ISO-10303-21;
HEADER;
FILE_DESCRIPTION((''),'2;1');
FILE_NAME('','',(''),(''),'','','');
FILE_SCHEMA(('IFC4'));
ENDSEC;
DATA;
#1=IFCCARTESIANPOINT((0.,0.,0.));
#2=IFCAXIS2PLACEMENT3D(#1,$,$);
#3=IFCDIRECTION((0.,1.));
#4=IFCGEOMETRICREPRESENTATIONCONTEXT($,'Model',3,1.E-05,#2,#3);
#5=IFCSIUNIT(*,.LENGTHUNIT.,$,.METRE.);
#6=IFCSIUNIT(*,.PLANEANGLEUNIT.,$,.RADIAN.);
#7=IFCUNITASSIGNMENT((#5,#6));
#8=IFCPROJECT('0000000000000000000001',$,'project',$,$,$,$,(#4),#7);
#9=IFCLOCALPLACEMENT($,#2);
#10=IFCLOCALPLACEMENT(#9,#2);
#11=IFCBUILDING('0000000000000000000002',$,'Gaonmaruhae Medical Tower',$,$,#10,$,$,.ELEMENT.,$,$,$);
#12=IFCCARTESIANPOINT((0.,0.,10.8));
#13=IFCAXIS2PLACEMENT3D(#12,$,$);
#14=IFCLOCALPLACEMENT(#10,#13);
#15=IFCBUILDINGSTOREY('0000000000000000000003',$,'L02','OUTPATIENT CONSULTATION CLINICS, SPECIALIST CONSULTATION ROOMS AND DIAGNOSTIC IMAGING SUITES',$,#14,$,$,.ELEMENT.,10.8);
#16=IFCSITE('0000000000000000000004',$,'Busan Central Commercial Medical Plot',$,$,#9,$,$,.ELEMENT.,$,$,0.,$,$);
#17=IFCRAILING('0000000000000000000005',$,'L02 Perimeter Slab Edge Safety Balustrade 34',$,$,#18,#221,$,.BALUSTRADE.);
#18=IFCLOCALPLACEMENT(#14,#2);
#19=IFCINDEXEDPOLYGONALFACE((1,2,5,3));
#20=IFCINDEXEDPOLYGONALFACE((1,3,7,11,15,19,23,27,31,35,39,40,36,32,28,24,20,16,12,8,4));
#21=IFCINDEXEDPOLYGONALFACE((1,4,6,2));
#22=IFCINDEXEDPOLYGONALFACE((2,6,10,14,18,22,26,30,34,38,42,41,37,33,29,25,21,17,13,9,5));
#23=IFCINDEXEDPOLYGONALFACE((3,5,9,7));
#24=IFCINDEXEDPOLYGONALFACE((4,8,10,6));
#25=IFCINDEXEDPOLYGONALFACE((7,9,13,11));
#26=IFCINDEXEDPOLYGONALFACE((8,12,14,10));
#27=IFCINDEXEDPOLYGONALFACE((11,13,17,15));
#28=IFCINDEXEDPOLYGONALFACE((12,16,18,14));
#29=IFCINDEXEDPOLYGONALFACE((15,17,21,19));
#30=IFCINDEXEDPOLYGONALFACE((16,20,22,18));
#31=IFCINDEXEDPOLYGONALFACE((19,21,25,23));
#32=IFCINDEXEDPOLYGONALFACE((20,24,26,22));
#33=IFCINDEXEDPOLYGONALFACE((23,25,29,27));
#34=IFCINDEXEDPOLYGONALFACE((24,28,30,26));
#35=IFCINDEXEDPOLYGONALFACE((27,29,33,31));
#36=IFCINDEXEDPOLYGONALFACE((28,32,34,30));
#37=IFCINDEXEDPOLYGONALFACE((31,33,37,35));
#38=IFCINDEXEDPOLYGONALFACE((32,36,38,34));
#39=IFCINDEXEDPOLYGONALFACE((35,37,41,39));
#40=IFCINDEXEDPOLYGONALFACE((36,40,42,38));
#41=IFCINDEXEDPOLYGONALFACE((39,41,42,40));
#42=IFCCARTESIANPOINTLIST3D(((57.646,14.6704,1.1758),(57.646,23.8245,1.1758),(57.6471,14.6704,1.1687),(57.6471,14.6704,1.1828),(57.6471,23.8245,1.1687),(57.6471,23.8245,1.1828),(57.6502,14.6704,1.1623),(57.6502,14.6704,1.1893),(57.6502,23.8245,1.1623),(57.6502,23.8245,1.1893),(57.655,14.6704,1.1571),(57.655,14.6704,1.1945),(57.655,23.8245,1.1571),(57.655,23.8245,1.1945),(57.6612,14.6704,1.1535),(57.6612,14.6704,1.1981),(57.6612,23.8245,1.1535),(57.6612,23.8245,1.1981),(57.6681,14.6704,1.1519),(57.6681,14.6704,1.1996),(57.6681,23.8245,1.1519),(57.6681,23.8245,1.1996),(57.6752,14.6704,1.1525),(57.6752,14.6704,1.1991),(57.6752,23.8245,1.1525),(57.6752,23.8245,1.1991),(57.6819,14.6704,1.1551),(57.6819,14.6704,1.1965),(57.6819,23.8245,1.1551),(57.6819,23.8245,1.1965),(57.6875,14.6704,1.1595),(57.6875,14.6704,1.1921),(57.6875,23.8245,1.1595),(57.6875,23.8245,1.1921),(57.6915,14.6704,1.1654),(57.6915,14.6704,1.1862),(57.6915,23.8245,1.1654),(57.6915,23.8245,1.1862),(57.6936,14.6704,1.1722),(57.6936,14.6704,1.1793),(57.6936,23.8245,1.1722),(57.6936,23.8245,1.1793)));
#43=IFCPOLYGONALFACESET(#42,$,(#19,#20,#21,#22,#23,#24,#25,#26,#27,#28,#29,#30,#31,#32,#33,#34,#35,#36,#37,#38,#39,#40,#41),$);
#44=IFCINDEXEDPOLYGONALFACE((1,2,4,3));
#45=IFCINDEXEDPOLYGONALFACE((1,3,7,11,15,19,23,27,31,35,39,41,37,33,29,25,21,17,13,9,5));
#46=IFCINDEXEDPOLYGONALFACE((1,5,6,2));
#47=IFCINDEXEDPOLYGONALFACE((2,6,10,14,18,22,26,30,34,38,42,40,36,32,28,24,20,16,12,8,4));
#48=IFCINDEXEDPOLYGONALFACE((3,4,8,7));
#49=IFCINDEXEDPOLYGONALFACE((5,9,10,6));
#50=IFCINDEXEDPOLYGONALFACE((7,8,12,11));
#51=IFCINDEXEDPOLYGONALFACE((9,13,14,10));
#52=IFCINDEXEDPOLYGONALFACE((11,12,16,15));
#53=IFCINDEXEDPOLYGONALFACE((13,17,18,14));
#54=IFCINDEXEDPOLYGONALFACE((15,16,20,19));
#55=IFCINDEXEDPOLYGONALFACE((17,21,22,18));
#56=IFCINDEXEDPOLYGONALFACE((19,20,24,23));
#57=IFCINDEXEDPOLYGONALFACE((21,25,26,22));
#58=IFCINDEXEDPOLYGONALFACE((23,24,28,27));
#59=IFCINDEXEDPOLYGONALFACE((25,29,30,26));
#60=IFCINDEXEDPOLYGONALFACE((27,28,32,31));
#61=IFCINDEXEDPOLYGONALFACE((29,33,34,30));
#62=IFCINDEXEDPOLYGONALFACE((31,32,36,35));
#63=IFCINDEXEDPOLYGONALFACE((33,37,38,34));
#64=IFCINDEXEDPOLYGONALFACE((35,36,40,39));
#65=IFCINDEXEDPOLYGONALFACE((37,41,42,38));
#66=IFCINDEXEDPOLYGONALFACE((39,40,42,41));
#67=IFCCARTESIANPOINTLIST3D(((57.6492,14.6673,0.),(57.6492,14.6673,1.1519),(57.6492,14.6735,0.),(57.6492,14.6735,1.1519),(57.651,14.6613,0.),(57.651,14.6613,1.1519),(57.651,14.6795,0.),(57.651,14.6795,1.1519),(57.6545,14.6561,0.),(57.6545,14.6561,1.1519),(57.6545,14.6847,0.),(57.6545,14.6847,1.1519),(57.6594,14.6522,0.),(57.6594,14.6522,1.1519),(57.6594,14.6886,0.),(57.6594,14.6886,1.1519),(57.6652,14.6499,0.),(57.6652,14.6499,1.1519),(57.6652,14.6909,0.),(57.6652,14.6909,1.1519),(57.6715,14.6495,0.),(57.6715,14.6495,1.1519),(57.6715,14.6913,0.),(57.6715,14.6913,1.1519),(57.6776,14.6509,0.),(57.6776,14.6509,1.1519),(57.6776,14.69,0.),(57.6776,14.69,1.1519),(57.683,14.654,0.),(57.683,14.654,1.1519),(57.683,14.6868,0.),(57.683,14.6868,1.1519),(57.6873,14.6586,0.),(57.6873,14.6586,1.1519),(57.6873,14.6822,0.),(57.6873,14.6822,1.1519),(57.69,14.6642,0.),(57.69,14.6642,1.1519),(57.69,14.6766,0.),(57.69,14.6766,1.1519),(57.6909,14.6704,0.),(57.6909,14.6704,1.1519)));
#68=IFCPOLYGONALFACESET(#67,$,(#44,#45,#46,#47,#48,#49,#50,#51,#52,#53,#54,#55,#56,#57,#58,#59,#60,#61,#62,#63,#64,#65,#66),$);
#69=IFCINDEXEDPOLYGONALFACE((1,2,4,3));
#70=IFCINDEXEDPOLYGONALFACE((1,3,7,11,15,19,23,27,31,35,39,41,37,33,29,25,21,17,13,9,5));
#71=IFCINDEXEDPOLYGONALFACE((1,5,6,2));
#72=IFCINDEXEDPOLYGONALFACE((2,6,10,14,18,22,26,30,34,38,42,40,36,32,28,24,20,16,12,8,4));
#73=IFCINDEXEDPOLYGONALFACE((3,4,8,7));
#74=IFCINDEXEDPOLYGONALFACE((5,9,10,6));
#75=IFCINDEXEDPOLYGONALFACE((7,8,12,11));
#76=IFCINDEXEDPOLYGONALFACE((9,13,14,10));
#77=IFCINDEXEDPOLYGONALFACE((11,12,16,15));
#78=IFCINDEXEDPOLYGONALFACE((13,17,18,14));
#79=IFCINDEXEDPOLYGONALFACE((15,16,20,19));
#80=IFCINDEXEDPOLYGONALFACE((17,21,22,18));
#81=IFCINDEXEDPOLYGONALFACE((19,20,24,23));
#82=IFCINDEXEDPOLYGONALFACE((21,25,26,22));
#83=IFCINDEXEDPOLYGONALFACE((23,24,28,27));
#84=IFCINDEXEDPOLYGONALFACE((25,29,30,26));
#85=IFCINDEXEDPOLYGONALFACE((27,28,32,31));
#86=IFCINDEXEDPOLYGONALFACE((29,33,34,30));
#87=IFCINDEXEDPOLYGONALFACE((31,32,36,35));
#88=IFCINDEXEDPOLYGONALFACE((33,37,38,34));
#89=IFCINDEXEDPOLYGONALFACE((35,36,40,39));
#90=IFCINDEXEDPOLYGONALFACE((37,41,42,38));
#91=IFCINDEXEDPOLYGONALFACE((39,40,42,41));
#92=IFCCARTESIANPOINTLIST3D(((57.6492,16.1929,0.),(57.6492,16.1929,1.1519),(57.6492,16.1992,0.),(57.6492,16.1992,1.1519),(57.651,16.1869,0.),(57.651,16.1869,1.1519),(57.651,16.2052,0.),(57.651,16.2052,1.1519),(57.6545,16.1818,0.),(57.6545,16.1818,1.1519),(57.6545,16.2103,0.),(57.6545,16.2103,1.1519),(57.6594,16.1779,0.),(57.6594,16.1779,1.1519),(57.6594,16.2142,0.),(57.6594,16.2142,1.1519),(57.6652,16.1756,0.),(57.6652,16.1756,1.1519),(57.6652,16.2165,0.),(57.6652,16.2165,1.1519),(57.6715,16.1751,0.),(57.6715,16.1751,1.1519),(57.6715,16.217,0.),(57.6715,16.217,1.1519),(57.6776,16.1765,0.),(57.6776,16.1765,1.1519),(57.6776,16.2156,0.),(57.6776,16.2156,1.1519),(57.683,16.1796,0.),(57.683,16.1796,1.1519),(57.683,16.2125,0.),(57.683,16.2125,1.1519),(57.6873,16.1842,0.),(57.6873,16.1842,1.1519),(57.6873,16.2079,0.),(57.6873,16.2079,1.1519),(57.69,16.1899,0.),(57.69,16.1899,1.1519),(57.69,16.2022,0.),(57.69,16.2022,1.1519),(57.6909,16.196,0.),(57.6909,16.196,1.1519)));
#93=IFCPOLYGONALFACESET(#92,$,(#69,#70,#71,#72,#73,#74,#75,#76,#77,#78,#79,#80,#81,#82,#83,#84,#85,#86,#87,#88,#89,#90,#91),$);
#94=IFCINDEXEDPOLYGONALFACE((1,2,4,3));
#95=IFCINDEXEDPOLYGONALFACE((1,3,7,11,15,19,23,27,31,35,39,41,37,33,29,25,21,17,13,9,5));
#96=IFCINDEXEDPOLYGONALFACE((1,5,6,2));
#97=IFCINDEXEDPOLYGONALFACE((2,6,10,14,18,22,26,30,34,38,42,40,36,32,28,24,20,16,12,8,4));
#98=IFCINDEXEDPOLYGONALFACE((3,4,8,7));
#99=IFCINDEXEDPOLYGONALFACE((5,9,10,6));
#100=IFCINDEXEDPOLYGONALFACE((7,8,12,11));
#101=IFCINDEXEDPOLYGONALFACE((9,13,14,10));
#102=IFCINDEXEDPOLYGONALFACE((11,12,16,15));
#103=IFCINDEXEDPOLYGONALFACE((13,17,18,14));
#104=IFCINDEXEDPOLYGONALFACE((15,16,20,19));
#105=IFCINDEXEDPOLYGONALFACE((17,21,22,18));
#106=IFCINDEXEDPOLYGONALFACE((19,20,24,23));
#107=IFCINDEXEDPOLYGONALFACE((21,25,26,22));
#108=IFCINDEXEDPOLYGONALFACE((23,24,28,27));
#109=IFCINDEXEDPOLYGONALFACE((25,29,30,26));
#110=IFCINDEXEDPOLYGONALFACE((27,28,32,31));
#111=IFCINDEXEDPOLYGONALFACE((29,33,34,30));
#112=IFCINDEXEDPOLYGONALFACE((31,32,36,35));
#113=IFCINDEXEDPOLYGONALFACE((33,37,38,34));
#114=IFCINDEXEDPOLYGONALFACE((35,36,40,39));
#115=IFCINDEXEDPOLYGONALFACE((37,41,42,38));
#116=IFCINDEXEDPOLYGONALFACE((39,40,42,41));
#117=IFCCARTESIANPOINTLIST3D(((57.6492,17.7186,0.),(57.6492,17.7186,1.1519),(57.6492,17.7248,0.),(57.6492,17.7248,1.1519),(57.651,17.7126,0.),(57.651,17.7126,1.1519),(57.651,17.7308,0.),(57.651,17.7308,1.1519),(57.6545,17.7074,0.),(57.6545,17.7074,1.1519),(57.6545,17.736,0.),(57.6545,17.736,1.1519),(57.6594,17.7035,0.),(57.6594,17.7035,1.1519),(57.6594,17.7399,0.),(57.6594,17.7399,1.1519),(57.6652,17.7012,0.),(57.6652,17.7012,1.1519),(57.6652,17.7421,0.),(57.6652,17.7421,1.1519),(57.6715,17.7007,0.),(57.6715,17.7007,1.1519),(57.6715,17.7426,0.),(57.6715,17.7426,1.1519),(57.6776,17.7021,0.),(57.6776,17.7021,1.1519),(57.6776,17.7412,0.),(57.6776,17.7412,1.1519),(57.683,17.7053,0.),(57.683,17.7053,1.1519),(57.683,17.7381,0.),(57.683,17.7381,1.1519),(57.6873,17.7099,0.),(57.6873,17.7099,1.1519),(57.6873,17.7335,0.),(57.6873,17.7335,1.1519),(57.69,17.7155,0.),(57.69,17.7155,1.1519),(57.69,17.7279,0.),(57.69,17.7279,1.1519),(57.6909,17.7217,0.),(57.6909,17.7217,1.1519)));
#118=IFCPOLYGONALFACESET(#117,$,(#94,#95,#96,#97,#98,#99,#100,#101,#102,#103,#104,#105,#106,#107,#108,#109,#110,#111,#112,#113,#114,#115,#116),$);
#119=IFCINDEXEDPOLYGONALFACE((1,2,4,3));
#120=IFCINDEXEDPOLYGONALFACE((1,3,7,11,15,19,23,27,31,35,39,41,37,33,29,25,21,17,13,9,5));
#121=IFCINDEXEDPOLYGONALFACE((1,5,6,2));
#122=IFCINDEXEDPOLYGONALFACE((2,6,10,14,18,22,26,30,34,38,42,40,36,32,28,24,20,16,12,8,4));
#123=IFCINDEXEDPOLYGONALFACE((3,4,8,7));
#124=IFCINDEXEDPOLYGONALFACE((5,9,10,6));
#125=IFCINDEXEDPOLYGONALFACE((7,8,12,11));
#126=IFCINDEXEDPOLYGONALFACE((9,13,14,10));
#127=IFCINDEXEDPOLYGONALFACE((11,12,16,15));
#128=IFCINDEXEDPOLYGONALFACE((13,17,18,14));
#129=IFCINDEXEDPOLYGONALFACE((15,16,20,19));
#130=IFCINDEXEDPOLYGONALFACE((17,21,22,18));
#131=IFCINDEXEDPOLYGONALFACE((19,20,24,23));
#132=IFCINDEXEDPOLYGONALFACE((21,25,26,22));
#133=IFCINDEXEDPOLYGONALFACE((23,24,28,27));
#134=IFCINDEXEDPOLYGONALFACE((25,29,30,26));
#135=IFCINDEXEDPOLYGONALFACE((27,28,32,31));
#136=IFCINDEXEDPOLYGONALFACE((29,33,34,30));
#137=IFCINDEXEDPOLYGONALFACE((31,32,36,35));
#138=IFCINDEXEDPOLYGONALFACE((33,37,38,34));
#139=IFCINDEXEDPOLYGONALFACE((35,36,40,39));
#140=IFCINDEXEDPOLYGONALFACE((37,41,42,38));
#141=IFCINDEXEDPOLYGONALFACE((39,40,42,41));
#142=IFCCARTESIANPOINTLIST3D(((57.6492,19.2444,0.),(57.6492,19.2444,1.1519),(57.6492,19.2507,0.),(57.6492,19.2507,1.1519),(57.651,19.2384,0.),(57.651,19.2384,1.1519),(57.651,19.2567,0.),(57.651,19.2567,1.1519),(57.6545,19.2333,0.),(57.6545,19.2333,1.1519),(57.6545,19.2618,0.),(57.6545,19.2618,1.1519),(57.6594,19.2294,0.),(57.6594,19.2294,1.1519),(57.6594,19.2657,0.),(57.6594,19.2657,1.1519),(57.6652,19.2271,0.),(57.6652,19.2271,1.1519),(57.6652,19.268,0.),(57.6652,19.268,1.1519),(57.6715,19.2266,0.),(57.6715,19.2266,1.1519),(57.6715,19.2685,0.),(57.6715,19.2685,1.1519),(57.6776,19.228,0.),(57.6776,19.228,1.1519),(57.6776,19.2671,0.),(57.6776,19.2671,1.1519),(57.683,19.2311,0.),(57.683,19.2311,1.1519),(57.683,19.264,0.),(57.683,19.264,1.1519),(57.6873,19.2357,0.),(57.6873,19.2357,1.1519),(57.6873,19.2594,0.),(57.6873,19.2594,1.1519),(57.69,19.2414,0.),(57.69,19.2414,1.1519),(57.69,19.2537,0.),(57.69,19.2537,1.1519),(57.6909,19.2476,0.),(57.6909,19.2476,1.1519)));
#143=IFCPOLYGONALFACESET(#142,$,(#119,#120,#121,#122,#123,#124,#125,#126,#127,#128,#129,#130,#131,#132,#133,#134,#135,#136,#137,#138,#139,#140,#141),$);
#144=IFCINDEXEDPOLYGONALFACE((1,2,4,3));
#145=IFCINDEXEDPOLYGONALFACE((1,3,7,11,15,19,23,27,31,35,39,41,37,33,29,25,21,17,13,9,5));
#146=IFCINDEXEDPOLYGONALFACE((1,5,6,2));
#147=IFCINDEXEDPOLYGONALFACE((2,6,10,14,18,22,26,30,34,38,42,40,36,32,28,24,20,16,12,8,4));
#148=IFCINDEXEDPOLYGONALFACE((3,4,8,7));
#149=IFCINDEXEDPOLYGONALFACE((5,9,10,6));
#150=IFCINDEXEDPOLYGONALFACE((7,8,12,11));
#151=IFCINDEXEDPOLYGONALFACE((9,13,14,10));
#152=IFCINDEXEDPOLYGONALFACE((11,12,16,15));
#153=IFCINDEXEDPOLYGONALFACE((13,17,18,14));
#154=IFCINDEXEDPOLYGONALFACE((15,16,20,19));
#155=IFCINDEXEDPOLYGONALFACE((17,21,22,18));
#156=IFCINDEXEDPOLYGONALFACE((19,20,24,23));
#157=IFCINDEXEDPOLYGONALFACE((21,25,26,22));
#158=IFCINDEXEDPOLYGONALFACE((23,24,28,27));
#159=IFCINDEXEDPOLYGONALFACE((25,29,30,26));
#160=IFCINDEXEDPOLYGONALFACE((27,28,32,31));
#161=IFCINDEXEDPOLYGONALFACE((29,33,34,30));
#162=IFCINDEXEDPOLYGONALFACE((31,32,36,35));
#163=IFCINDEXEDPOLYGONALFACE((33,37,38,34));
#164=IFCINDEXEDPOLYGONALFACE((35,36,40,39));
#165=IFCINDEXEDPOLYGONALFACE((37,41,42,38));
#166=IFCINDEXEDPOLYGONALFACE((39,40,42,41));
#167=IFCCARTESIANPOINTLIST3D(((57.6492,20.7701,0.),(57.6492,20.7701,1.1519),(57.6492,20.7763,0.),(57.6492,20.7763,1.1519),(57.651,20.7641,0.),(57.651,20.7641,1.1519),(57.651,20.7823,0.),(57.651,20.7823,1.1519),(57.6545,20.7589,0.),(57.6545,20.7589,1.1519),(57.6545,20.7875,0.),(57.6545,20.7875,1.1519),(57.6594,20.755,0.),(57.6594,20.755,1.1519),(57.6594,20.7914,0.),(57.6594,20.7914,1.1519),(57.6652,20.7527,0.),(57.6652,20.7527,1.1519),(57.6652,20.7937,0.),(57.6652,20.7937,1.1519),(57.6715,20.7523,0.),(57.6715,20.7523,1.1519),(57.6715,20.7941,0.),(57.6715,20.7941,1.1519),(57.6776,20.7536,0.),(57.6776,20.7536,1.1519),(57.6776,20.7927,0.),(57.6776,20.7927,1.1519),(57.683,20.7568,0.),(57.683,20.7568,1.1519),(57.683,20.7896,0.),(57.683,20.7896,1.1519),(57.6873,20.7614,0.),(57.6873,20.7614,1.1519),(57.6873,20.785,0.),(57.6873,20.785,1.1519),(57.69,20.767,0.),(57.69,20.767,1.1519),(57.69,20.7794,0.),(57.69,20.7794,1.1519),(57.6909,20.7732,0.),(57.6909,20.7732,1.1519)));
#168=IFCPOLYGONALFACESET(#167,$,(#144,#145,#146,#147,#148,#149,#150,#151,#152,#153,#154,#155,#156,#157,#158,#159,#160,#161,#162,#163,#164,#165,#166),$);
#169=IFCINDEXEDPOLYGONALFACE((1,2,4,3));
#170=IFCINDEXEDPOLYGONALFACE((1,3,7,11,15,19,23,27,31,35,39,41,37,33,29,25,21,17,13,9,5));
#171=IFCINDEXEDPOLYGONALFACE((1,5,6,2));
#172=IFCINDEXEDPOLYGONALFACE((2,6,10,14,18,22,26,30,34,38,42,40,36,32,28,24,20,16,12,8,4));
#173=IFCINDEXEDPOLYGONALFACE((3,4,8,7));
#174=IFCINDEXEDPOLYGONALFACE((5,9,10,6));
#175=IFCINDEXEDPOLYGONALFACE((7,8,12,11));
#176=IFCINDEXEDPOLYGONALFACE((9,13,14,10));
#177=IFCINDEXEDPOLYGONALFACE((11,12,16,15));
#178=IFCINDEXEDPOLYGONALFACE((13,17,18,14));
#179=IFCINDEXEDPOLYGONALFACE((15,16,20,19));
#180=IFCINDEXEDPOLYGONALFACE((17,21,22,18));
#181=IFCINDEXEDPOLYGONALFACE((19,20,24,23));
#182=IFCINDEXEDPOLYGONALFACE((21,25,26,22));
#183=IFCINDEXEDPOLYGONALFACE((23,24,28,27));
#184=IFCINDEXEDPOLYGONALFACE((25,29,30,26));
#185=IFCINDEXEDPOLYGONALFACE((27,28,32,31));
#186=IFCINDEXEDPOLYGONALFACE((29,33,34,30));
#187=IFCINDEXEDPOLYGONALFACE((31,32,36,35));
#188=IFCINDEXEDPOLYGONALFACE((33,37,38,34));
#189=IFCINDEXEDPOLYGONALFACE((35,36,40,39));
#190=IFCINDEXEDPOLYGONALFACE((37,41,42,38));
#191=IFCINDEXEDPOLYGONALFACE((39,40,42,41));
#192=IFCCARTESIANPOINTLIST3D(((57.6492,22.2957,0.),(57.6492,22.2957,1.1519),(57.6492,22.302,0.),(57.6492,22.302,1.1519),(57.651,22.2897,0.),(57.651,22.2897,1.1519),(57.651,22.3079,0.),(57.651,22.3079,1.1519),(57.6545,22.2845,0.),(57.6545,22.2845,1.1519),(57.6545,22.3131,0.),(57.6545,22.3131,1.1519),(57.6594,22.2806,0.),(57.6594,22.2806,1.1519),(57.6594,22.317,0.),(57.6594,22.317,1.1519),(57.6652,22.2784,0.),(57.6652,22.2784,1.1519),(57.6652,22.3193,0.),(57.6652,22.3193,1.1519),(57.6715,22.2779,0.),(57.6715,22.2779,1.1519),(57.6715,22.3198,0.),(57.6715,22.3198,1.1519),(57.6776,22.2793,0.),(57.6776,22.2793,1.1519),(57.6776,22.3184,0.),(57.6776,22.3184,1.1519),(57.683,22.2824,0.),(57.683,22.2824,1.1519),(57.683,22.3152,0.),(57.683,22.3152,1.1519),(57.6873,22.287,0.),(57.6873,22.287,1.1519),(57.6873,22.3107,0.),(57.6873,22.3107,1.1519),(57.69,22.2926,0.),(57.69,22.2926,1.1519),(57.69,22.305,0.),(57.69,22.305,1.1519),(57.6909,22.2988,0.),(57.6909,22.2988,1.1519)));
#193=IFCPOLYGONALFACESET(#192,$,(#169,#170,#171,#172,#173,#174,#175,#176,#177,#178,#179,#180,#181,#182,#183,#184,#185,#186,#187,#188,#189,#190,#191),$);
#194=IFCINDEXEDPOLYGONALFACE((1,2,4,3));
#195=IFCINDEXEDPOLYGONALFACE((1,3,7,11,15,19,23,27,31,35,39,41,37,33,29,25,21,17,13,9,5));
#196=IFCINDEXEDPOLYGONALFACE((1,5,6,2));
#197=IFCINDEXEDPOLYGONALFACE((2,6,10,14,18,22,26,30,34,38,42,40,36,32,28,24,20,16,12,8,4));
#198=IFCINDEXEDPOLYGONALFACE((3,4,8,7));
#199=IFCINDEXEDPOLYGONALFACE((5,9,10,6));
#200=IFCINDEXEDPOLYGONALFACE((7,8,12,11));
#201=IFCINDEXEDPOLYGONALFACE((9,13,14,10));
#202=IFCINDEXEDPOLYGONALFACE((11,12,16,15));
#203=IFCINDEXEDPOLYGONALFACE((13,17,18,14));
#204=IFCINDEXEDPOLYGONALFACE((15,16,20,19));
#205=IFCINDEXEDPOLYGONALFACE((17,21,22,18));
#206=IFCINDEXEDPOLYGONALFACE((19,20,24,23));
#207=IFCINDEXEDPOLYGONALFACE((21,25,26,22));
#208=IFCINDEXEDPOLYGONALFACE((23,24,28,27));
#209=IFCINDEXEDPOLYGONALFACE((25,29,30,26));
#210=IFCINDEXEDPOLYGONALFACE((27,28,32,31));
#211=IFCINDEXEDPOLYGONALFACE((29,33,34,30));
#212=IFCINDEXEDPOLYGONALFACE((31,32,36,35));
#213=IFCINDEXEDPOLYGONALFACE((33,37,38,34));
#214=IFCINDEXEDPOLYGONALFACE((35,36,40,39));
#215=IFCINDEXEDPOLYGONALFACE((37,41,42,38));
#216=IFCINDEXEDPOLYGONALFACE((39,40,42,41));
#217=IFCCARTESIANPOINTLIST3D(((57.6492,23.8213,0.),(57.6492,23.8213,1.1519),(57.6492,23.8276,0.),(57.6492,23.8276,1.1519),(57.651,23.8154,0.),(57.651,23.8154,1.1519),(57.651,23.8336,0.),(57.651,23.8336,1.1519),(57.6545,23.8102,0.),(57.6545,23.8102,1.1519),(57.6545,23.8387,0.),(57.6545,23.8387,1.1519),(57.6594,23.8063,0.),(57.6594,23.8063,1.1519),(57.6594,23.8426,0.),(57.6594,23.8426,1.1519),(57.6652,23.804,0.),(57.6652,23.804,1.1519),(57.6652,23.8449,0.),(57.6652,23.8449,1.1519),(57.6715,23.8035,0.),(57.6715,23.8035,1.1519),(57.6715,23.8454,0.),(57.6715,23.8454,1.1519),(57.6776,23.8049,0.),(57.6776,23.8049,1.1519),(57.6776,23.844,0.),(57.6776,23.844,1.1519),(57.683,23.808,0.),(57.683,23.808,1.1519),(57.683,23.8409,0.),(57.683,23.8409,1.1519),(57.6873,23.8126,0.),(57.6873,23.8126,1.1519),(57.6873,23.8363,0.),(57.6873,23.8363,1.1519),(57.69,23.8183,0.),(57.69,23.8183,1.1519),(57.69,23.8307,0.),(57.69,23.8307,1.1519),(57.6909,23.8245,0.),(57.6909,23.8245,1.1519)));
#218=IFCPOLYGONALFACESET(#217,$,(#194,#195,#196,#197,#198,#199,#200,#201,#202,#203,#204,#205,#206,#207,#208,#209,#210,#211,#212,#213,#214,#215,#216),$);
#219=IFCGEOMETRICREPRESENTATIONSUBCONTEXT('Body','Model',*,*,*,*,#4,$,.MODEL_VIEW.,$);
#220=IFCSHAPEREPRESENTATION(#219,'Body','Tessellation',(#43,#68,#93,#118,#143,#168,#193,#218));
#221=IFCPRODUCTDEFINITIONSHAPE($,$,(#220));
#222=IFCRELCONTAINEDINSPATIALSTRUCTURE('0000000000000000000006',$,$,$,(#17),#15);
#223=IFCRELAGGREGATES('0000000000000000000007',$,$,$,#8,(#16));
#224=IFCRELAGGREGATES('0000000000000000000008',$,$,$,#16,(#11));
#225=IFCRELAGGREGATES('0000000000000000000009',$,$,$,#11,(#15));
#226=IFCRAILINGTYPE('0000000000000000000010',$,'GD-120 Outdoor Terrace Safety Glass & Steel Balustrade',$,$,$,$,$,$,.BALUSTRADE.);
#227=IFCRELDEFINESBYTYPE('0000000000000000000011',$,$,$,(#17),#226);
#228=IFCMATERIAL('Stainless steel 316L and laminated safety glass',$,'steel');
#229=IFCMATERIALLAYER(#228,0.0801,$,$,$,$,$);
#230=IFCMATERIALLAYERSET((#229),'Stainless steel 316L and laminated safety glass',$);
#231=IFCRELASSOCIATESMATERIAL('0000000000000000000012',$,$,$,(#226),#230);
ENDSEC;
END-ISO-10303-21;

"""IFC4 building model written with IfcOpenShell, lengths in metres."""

from ifc_helpers import new_model, si_unit, direction, frame, origin, origin_2d, place, context, subcontext, project, spatial, circle, extrude, material, layer, layer_set, type_object, element, save


model = new_model("IFC4")

# Units and contexts
model_context = context("Model", 3, precision=1e-05, world=origin(), true_north=direction((0.0, 1.0)))
body_context = subcontext(model_context, "Body", "Model", "MODEL_VIEW")
ifc_project = project(units=[si_unit("LENGTHUNIT", "METRE"), si_unit("PLANEANGLEUNIT", "RADIAN")], contexts=[model_context])

# Site, building, storey
site_placement = place(None, origin())
site = spatial("IfcSite", under=ifc_project, at=site_placement, Name="Busan Central Commercial Medical Plot", CompositionType="ELEMENT", RefElevation=0.0)
building_placement = place(site_placement, origin())
building = spatial("IfcBuilding", under=site, at=building_placement, Name="Gaonmaruhae Medical Tower", CompositionType="ELEMENT")
storey_placement = place(building_placement, frame((0.0, 0.0, 10.8)))
storey = spatial("IfcBuildingStorey", under=building, at=storey_placement, Name="L02", Description="OUTPATIENT CONSULTATION CLINICS, SPECIALIST CONSULTATION ROOMS AND DIAGNOSTIC IMAGING SUITES", CompositionType="ELEMENT", Elevation=10.8)

# Railing
ifc_material_1 = material(Name="Stainless steel 316L and laminated safety glass", Category="steel")
ifc_layer_1 = layer(ifc_material_1, 0.0801)
ifc_layer_set_1 = layer_set([ifc_layer_1], Name="Stainless steel 316L and laminated safety glass")
railing_type_1 = type_object("IfcRailingType", Name="GD-120 Outdoor Terrace Safety Glass & Steel Balustrade", PredefinedType="BALUSTRADE", material=ifc_layer_set_1)
railing_1_placement = place(storey_placement, frame((57.6699, 14.6704, 0.0)))
element("IfcRailing", 1, at=railing_1_placement, inside=storey, type_object=railing_type_1, Name="L02 Perimeter Slab Edge Safety Balustrade 34", PredefinedType="BALUSTRADE", context=body_context, shape_type="SweptSolid", body=[
    extrude(circle(Radius=0.0239, at=origin_2d()), frame((0.0, 0.0, 1.1758), z_axis=(0.0, 1.0, 0.0), x_axis=(-1.0, 0.0, 0.0)), (0.0, 0.0, 1.0), 9.1541),
    extrude(circle(Radius=0.021, at=origin_2d()), origin(), (0.0, 0.0, 1.0), 1.1519),
    extrude(circle(Radius=0.021, at=origin_2d()), frame((0.0, 1.5256, 0.0)), (0.0, 0.0, 1.0), 1.1519),
    extrude(circle(Radius=0.021, at=origin_2d()), frame((0.0, 3.0513, 0.0)), (0.0, 0.0, 1.0), 1.1519),
    extrude(circle(Radius=0.021, at=origin_2d()), frame((0.0, 4.5771, 0.0)), (0.0, 0.0, 1.0), 1.1519),
    extrude(circle(Radius=0.021, at=origin_2d()), frame((0.0, 6.1028, 0.0)), (0.0, 0.0, 1.0), 1.1519),
    extrude(circle(Radius=0.021, at=origin_2d()), frame((0.0, 7.6284, 0.0)), (0.0, 0.0, 1.0), 1.1519),
    extrude(circle(Radius=0.021, at=origin_2d()), frame((0.0, 9.1541, 0.0)), (0.0, 0.0, 1.0), 1.1519),
])

save(model, "model.ifc")
